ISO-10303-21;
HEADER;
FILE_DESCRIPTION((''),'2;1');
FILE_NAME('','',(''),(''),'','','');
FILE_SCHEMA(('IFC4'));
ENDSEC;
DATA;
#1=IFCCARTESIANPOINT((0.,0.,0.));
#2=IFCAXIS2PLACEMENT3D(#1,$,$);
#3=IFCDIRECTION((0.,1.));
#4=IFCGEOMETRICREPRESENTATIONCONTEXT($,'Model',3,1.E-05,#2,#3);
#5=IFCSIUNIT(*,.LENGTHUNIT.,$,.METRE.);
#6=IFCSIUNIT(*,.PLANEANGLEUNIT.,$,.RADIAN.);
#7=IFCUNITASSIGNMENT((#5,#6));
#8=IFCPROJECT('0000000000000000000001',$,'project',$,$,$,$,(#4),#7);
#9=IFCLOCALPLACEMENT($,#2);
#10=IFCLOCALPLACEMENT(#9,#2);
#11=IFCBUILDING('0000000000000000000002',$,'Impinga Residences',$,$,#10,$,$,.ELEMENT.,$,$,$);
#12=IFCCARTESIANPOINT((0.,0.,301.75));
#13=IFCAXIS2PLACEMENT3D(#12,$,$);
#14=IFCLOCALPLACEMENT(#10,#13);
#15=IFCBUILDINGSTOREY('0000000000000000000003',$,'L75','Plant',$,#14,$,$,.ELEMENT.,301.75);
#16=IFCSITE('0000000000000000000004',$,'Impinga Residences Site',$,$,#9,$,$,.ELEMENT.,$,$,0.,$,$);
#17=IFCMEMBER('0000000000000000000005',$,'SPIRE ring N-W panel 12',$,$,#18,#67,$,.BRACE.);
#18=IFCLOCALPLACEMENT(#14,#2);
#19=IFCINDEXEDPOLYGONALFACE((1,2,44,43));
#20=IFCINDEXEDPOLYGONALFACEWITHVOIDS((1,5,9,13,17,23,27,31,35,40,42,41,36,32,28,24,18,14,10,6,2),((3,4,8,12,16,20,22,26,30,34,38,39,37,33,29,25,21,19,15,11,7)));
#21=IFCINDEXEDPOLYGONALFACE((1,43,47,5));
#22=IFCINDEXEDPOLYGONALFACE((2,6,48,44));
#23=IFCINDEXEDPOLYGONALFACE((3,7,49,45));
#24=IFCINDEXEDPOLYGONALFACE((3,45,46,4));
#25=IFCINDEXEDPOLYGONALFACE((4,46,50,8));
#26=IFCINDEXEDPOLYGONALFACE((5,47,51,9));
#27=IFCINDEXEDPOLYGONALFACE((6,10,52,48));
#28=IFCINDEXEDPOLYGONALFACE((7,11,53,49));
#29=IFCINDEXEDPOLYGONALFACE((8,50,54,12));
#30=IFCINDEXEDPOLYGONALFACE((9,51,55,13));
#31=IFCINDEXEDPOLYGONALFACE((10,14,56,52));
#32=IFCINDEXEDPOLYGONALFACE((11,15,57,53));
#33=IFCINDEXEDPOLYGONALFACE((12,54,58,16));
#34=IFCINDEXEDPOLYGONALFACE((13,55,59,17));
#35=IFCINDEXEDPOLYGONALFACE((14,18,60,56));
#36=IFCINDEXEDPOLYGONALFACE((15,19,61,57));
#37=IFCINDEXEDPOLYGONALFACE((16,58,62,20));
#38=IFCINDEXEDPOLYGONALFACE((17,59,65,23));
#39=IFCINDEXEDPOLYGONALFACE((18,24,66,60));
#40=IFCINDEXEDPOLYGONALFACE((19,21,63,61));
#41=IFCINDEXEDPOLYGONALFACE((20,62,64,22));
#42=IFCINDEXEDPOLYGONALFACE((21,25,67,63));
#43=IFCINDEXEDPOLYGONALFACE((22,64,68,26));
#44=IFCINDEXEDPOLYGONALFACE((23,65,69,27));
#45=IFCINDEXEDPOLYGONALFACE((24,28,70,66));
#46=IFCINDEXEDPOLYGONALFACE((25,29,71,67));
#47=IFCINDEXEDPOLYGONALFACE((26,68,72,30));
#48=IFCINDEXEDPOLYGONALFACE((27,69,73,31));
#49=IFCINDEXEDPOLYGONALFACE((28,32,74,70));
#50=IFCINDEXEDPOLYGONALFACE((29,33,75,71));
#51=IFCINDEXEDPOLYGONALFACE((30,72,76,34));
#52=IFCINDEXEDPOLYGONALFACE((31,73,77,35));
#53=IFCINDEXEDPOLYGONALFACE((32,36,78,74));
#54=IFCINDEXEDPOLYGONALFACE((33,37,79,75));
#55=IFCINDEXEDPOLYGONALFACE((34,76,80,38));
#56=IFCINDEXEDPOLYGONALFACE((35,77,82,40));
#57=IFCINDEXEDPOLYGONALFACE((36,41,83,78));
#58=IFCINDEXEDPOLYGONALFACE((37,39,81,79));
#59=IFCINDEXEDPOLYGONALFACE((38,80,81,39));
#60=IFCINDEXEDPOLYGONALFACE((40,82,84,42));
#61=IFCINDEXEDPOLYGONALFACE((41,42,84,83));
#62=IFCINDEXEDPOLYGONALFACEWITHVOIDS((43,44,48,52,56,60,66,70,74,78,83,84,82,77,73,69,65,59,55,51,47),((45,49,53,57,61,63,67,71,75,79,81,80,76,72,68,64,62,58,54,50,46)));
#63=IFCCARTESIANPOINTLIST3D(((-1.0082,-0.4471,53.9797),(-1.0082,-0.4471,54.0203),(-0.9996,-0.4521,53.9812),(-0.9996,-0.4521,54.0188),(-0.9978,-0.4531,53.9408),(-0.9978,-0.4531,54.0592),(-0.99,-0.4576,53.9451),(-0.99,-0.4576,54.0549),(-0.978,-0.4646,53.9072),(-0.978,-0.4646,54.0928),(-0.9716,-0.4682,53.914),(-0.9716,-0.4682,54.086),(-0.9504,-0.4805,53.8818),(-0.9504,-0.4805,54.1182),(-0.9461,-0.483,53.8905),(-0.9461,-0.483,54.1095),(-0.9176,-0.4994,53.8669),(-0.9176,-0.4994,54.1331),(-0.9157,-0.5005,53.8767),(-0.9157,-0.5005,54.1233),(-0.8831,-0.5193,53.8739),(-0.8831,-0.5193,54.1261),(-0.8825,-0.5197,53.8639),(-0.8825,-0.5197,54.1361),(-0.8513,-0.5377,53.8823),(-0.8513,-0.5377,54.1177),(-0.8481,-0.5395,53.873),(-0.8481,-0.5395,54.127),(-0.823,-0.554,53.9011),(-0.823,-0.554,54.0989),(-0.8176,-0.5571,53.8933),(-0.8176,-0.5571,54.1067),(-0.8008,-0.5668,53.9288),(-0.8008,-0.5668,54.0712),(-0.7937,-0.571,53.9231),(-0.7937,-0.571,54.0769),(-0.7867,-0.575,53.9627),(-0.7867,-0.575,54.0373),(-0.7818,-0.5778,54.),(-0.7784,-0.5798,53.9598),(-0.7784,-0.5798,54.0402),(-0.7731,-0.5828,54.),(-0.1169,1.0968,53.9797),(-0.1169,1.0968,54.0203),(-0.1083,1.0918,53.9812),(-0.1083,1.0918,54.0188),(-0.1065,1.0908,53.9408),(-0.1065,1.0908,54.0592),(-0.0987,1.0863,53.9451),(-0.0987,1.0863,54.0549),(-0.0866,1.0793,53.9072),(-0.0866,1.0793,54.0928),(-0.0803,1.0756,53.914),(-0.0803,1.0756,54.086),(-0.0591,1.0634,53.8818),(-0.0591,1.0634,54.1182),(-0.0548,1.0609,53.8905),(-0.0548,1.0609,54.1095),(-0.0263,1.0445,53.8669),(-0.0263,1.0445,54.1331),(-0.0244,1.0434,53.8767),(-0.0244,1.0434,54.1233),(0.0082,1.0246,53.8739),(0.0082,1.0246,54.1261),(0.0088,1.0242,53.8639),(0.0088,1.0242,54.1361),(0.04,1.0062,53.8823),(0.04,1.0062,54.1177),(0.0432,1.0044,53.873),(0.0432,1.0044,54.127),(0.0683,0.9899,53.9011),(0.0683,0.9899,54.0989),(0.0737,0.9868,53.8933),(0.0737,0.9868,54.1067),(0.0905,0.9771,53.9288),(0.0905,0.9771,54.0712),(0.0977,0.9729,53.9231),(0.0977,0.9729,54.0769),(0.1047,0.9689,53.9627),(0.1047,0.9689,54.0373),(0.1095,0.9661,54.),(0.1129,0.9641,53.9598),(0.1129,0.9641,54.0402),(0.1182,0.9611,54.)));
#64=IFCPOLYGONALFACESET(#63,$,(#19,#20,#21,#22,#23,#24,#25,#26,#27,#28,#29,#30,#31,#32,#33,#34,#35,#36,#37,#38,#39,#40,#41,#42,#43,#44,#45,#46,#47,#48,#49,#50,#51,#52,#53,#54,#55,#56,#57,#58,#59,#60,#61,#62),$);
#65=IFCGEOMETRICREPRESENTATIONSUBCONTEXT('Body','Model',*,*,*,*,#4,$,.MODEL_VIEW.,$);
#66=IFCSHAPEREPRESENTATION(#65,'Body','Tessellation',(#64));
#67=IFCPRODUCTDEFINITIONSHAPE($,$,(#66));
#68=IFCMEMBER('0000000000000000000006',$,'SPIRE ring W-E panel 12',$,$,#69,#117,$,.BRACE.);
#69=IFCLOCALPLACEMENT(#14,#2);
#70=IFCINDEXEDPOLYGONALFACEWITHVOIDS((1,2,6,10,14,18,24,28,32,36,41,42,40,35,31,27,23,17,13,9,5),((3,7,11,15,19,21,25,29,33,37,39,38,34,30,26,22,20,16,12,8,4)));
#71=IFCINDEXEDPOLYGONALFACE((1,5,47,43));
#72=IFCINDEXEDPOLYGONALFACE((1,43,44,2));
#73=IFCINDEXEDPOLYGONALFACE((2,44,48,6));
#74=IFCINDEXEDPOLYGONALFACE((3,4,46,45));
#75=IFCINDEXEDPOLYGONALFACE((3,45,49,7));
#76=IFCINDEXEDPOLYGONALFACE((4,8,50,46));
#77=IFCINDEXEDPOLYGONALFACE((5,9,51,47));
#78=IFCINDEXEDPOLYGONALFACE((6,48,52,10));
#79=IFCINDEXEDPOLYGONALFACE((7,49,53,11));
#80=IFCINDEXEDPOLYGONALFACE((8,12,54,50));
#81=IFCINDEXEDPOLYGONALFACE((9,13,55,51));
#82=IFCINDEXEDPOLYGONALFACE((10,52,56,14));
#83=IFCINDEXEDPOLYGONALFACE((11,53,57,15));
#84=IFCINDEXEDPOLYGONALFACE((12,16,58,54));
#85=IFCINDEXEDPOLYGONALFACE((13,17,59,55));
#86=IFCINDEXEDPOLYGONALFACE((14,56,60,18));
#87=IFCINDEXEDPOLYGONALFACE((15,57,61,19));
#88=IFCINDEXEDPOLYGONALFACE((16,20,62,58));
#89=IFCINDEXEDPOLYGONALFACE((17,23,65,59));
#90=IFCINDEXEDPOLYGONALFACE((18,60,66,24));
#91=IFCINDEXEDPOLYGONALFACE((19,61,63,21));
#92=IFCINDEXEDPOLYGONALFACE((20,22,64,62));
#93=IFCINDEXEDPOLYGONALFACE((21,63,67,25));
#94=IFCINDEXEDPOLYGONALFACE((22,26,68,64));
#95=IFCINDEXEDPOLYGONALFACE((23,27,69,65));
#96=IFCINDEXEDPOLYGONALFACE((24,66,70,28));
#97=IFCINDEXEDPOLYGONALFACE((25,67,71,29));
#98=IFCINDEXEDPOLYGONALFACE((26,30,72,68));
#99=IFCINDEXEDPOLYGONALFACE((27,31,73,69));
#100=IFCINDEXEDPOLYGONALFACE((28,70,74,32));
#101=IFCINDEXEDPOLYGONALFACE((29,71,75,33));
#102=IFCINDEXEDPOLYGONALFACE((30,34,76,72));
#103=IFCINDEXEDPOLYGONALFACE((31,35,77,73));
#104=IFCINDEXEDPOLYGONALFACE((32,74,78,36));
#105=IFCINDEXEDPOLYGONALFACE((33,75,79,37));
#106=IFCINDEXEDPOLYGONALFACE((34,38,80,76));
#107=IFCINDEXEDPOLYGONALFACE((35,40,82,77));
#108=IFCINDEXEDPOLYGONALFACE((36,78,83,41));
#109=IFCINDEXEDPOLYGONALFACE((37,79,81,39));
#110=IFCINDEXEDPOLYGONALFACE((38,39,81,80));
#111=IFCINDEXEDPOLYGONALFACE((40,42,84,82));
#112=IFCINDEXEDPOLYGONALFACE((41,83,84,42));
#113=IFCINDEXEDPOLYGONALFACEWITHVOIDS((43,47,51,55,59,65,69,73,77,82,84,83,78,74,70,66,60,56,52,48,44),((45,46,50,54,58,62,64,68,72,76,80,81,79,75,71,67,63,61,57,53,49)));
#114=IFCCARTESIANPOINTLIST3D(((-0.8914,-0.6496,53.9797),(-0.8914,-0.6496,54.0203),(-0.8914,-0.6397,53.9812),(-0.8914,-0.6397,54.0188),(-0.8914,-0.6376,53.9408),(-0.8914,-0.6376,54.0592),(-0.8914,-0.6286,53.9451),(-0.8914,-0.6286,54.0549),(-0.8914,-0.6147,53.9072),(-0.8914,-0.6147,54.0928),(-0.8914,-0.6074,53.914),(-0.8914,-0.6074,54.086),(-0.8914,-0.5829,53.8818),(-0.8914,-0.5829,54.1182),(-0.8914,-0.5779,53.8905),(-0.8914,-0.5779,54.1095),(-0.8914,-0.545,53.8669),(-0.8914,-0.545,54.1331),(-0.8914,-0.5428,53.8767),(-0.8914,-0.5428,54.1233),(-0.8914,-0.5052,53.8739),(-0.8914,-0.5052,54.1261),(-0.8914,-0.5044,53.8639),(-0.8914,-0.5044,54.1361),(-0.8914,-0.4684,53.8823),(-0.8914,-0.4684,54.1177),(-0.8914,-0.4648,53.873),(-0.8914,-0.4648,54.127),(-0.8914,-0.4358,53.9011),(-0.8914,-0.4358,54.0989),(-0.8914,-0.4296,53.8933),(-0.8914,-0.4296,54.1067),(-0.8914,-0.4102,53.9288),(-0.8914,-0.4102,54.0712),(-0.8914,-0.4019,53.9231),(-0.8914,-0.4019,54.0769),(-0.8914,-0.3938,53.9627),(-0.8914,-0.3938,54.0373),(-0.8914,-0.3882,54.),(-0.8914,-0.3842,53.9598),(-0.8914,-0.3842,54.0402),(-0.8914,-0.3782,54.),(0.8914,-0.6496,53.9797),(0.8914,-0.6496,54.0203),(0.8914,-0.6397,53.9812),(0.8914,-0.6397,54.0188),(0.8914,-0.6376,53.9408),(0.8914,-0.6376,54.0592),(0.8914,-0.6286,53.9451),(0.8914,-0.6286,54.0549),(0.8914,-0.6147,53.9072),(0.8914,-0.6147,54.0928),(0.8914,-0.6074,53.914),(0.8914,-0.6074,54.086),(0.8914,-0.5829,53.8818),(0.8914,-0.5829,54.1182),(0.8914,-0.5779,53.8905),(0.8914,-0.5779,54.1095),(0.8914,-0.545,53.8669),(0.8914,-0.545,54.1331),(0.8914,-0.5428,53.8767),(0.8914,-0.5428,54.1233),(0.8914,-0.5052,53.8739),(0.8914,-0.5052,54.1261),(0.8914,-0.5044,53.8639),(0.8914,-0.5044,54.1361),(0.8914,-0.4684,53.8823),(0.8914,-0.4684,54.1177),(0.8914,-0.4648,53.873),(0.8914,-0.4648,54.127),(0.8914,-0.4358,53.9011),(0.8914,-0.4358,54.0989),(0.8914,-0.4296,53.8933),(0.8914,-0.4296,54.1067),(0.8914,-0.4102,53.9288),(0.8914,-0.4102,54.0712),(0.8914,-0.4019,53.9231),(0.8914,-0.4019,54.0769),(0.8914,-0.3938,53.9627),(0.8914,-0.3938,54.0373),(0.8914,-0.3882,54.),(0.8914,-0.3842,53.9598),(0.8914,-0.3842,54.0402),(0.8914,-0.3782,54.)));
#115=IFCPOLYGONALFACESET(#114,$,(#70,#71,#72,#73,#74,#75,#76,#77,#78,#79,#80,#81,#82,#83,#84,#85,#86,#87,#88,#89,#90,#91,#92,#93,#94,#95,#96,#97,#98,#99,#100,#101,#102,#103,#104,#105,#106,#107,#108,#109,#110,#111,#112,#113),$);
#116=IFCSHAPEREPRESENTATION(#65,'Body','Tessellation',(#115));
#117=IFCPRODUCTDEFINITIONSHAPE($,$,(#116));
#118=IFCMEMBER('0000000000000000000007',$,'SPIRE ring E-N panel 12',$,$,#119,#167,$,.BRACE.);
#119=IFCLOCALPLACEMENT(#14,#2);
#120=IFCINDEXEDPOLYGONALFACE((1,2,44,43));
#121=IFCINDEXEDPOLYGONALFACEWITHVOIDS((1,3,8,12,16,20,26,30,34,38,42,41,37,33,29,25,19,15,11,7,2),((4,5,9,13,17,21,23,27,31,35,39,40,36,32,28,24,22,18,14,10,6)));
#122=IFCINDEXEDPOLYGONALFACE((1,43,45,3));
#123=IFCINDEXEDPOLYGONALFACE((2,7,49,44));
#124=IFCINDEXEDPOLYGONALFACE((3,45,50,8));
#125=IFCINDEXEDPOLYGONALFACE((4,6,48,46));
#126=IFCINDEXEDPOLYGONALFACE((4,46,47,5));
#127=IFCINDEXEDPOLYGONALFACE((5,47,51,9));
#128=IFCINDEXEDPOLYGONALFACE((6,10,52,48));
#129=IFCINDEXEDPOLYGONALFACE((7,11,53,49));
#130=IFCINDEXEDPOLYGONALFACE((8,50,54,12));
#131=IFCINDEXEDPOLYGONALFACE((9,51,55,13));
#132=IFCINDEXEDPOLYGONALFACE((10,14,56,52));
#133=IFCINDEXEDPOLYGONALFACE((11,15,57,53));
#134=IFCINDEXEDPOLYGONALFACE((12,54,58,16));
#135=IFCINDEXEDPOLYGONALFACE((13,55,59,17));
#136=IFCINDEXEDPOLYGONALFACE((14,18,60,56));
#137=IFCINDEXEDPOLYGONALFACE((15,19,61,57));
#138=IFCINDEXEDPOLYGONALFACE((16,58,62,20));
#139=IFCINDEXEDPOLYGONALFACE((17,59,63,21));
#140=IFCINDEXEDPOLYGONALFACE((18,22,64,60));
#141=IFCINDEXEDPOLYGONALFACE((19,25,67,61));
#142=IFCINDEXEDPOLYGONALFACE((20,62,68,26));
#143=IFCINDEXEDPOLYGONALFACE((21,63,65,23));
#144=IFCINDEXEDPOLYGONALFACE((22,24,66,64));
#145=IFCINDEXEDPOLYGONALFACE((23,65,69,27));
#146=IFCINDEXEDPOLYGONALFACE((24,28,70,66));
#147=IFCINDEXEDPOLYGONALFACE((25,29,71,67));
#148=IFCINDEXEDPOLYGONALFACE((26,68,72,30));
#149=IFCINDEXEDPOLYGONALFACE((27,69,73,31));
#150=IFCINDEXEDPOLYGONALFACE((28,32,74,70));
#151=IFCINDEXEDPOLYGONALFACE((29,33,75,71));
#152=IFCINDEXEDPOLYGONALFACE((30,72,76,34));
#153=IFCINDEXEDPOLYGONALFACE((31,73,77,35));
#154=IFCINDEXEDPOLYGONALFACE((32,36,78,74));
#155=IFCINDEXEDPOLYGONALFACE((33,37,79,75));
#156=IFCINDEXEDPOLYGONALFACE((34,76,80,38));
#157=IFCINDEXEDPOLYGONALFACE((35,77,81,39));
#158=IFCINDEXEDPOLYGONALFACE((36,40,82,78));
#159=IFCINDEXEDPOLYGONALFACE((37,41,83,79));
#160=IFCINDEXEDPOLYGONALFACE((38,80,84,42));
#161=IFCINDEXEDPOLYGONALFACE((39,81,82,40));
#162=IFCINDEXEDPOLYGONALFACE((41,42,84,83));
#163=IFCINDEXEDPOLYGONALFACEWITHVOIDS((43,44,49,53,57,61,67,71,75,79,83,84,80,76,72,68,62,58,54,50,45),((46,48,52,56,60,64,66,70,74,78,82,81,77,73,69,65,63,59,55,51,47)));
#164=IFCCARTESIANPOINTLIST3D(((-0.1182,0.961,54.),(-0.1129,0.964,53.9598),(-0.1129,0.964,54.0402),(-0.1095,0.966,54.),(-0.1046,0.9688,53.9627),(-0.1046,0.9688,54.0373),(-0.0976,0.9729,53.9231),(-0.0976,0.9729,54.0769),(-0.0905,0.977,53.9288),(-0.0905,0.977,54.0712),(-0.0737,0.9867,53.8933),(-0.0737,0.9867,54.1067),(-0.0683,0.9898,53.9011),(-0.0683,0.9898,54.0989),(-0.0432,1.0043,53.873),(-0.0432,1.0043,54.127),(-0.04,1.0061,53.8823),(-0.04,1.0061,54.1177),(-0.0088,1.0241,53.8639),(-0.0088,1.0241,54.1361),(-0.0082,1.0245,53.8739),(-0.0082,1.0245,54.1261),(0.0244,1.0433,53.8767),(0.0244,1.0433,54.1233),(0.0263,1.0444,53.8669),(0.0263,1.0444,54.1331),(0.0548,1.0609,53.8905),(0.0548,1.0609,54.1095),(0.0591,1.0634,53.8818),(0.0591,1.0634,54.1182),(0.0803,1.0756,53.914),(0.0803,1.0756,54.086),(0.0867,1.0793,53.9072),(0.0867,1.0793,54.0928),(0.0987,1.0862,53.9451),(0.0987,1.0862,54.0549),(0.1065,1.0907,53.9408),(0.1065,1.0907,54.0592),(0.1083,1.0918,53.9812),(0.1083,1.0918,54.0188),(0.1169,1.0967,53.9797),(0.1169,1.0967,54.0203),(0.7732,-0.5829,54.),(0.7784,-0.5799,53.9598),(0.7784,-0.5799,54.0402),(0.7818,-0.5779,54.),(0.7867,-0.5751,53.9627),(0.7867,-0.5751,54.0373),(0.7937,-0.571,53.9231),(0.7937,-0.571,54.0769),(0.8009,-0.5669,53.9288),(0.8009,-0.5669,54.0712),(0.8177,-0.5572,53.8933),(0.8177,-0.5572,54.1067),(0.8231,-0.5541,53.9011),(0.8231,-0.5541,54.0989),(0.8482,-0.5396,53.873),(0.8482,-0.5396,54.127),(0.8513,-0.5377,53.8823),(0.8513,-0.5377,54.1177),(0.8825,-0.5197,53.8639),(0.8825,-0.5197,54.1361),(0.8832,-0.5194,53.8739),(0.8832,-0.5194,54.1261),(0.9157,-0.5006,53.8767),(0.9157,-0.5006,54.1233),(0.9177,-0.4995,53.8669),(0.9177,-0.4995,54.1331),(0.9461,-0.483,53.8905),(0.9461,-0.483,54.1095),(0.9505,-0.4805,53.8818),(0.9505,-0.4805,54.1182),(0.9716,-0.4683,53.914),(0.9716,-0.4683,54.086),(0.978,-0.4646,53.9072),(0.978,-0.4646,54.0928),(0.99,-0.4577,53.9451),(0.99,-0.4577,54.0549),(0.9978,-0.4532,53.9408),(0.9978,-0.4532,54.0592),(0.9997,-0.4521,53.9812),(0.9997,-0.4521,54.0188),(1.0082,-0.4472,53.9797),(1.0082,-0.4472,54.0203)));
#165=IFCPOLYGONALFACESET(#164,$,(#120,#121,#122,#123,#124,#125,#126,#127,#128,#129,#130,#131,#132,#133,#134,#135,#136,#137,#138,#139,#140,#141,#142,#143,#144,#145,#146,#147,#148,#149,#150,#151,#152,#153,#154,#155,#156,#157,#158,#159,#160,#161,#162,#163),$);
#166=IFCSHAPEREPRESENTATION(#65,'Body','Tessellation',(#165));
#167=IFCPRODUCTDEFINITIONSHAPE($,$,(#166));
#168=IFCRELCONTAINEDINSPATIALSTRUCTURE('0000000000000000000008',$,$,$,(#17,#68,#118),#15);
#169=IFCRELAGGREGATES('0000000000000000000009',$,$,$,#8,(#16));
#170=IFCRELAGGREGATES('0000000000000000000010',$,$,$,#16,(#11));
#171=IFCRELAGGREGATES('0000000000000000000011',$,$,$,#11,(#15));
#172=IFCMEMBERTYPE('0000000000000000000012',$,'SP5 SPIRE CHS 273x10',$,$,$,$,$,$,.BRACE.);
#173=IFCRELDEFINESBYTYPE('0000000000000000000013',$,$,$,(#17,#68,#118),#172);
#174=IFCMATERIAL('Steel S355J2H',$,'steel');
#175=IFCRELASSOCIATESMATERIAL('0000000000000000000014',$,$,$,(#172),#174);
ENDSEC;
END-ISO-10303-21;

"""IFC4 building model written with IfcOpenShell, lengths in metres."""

from ifc_helpers import new_model, si_unit, direction, frame, origin, origin_2d, place, context, subcontext, project, spatial, hollow_circle, extrude, material, material_profile, profile_set, type_object, element, save


model = new_model("IFC4")

# Units and contexts
model_context = context("Model", 3, precision=1e-05, world=origin(), true_north=direction((0.0, 1.0)))
body_context = subcontext(model_context, "Body", "Model", "MODEL_VIEW")
ifc_project = project(units=[si_unit("LENGTHUNIT", "METRE"), si_unit("PLANEANGLEUNIT", "RADIAN")], contexts=[model_context])

# Site, building, storey
site_placement = place(None, origin())
site = spatial("IfcSite", under=ifc_project, at=site_placement, Name="Impinga Residences Site", CompositionType="ELEMENT", RefElevation=0.0)
building_placement = place(site_placement, origin())
building = spatial("IfcBuilding", under=site, at=building_placement, Name="Impinga Residences", CompositionType="ELEMENT")
storey_placement = place(building_placement, frame((0.0, 0.0, 301.75)))
storey = spatial("IfcBuildingStorey", under=building, at=storey_placement, Name="L75", Description="Plant", CompositionType="ELEMENT", Elevation=301.75)

# Members
ifc_material = material(Name="Steel S355J2H", Category="steel")
ifc_material_profile_1 = material_profile(ifc_material, hollow_circle(Radius=0.1365, WallThickness=0.01, at=origin_2d()), Name="CHS 273x10")
ifc_profile_set_1 = profile_set([ifc_material_profile_1], Name="Steel S355J2H")
member_type_1 = type_object("IfcMemberType", Name="SP5 SPIRE CHS 273x10", PredefinedType="BRACE", material=ifc_profile_set_1)
for number, where, z_axis, x_axis, name in (
    (1, (0.0, 1.0293, 54.0), (-0.499983, -0.866035, 0.0), (0.866035, -0.499983, 0.0), "SPIRE ring N-W panel 12"),
    (2, (-0.8914, -0.5146, 54.0), (1.0, 0.0, 0.0), (0.0, 1.0, 0.0), "SPIRE ring W-E panel 12"),
    (3, (0.8914, -0.5146, 54.0), (-0.499983, 0.866035, 0.0), (-0.866035, -0.499983, 0.0), "SPIRE ring E-N panel 12"),
):
    element("IfcMember", number, at=place(storey_placement, frame(where, z_axis=z_axis, x_axis=x_axis)), inside=storey, type_object=member_type_1, Name=name, PredefinedType="BRACE", context=body_context, shape_type="SweptSolid", body=[
        extrude(hollow_circle(Radius=0.1365, WallThickness=0.01, at=origin_2d()), origin(), (0.0, 0.0, 1.0), 1.7827),
    ])

save(model, "model.ifc")
